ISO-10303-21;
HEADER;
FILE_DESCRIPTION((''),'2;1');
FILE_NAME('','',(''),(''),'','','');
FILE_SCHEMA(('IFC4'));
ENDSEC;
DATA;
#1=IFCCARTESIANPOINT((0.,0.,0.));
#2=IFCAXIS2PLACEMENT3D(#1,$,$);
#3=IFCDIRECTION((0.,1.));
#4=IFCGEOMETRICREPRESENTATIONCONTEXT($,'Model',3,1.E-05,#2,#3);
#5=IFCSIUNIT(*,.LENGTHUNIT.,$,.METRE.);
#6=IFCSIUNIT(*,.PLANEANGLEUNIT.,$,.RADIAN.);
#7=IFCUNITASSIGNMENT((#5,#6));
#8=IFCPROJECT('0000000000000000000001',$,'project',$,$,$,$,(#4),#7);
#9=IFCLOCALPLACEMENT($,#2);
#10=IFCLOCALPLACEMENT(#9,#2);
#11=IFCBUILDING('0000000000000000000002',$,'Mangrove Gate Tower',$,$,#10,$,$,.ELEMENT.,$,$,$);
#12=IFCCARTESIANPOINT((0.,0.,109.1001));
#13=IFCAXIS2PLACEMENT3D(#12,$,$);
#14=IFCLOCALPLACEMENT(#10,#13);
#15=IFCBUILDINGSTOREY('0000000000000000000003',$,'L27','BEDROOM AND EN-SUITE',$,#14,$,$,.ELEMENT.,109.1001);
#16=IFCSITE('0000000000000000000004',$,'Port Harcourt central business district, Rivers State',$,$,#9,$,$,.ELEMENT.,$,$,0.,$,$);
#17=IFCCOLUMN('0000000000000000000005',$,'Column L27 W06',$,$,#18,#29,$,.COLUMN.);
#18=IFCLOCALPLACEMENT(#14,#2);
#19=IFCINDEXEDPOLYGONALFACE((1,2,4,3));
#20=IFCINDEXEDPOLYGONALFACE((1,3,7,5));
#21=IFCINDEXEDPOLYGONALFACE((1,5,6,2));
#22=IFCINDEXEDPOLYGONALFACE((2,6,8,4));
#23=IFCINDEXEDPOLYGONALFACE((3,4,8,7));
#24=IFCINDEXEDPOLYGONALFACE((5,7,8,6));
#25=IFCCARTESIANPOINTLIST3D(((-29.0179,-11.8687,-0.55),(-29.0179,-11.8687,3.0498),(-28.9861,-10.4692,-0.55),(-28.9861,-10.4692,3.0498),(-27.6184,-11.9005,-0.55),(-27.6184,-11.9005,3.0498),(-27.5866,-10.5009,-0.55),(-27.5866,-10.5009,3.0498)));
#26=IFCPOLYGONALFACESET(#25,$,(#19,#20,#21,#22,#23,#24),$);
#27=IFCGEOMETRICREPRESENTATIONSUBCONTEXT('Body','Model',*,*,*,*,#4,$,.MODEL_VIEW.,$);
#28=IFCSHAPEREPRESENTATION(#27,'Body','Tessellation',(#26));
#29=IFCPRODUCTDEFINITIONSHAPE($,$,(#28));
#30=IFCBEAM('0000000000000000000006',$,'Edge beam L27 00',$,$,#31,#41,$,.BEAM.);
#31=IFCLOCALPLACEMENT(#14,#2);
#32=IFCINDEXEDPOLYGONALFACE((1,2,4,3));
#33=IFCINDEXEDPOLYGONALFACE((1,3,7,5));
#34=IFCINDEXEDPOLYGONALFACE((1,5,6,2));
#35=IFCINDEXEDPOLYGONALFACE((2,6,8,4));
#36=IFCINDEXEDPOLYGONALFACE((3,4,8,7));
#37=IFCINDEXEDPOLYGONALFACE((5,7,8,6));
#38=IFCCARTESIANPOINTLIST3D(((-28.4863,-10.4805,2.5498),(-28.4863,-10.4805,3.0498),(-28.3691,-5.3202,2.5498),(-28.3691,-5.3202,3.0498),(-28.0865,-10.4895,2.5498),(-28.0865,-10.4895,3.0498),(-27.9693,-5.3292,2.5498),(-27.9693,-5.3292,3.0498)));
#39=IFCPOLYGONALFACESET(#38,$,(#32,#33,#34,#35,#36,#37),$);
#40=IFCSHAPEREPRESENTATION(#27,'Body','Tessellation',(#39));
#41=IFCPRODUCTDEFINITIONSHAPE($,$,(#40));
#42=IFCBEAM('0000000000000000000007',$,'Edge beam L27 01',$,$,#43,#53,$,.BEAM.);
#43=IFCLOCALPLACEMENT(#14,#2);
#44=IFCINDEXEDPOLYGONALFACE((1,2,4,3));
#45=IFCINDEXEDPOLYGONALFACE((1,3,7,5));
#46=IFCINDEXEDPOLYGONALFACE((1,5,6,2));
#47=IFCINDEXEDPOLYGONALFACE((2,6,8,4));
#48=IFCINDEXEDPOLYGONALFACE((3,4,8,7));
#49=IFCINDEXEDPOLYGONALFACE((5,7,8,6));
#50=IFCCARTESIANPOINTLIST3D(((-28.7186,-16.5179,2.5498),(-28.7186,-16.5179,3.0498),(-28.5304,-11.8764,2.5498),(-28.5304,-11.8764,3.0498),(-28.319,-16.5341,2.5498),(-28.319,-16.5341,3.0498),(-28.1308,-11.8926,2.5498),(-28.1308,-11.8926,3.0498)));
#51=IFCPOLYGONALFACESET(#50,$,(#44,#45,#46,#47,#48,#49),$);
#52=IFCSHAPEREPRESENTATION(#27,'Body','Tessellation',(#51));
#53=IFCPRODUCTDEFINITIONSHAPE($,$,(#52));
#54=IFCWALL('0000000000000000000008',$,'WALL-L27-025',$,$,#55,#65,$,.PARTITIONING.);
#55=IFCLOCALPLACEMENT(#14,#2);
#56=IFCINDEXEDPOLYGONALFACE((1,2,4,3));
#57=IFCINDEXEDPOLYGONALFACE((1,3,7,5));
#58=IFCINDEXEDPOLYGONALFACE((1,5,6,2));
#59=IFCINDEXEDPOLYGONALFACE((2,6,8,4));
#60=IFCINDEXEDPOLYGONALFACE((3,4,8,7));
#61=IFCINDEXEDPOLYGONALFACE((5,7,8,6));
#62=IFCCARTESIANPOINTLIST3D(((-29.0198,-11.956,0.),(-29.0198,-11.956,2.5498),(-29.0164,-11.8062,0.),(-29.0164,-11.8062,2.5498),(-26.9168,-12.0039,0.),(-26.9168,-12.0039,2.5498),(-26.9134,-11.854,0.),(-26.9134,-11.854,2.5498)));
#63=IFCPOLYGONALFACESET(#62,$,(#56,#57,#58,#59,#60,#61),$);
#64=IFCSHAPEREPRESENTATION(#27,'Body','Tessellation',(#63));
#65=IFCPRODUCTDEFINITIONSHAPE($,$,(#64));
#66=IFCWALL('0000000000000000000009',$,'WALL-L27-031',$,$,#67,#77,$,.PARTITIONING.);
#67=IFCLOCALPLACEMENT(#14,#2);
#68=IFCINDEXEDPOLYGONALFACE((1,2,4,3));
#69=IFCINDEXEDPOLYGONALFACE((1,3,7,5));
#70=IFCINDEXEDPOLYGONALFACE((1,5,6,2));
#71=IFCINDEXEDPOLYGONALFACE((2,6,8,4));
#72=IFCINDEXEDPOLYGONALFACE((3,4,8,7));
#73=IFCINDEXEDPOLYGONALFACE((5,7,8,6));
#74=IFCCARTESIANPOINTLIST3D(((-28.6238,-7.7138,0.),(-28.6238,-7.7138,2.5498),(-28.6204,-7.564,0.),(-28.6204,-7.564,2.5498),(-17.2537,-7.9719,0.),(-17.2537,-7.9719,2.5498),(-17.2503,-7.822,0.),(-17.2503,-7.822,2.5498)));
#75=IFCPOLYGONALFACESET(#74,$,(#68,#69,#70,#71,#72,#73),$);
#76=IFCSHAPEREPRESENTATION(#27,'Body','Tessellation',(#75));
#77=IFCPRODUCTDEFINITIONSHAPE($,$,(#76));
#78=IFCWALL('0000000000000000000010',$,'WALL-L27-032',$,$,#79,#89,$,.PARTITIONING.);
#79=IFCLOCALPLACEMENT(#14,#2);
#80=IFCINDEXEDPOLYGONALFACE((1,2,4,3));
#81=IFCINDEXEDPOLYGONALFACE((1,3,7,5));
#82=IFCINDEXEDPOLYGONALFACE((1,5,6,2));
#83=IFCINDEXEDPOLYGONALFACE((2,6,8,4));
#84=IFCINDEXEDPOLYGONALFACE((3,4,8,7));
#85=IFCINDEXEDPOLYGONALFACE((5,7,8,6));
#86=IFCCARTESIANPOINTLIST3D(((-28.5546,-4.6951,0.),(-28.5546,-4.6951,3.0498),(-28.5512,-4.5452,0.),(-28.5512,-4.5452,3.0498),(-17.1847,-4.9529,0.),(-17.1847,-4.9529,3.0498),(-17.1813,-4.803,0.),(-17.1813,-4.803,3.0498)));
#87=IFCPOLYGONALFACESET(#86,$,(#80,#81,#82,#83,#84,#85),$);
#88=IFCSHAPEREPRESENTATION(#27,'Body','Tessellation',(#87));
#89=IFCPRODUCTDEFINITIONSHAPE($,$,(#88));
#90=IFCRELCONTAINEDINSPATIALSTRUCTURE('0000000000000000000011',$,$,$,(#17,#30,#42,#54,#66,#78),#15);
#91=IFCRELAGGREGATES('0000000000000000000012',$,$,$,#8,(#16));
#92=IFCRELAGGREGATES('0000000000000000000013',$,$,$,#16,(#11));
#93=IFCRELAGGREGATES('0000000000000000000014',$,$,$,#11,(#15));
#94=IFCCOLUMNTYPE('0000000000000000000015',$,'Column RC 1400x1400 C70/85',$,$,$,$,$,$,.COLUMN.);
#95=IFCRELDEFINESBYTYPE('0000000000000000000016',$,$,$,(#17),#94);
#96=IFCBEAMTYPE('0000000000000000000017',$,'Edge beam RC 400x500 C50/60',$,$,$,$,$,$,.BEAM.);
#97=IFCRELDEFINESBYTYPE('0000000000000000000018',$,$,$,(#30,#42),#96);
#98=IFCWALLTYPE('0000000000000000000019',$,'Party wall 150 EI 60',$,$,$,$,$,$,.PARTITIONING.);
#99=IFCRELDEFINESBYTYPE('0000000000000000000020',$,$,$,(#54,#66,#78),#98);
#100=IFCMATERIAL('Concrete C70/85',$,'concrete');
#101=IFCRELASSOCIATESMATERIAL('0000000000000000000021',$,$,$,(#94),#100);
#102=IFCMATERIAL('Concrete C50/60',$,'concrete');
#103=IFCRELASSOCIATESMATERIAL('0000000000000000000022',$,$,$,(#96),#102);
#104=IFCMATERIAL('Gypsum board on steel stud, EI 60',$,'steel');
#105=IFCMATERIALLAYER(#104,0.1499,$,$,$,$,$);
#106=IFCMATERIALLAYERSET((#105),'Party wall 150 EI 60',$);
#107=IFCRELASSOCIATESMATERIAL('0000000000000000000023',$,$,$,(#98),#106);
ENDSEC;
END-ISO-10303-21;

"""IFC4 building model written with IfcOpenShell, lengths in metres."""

from ifc_helpers import new_model, si_unit, direction, frame, frame_2d, origin, origin_2d, place, context, subcontext, project, spatial, rectangle, extrude, material, layer, layer_set, material_profile, profile_set, type_object, element, save


model = new_model("IFC4")

# Units and contexts
model_context = context("Model", 3, precision=1e-05, world=origin(), true_north=direction((0.0, 1.0)))
body_context = subcontext(model_context, "Body", "Model", "MODEL_VIEW")
ifc_project = project(units=[si_unit("LENGTHUNIT", "METRE"), si_unit("PLANEANGLEUNIT", "RADIAN")], contexts=[model_context])

# Site, building, storey
site_placement = place(None, origin())
site = spatial("IfcSite", under=ifc_project, at=site_placement, Name="Port Harcourt central business district, Rivers State", CompositionType="ELEMENT", RefElevation=0.0)
building_placement = place(site_placement, origin())
building = spatial("IfcBuilding", under=site, at=building_placement, Name="Mangrove Gate Tower", CompositionType="ELEMENT")
storey_placement = place(building_placement, frame((0.0, 0.0, 109.1001)))
storey = spatial("IfcBuildingStorey", under=building, at=storey_placement, Name="L27", Description="BEDROOM AND EN-SUITE", CompositionType="ELEMENT", Elevation=109.1001)

# Column
ifc_material_1 = material(Name="Concrete C70/85", Category="concrete")
ifc_material_profile_1 = material_profile(ifc_material_1, rectangle(XDim=1.3999, YDim=1.3999, at=origin_2d()))
ifc_profile_set_1 = profile_set([ifc_material_profile_1], Name="Concrete C70/85")
column_type = type_object("IfcColumnType", Name="Column RC 1400x1400 C70/85", PredefinedType="COLUMN", material=ifc_profile_set_1)
column_placement = place(storey_placement, frame((-28.3022, -11.1848, -0.55), z_axis=(0.0, 0.0, 1.0), x_axis=(-0.022706, -0.999742, 0.0)))
element("IfcColumn", 1, at=column_placement, inside=storey, type_object=column_type, Name="Column L27 W06", PredefinedType="COLUMN", context=body_context, shape_type="SweptSolid", body=[
    extrude(rectangle(XDim=1.3999, YDim=1.3999, at=origin_2d()), origin(), (0.0, 0.0, 1.0), 3.5999),
])

# Beams
ifc_material_2 = material(Name="Concrete C50/60", Category="concrete")
ifc_material_profile_2 = material_profile(ifc_material_2, rectangle(XDim=0.3999, YDim=0.5, at=origin_2d()))
ifc_profile_set_2 = profile_set([ifc_material_profile_2], Name="Concrete C50/60")
beam_type = type_object("IfcBeamType", Name="Edge beam RC 400x500 C50/60", PredefinedType="BEAM", material=ifc_profile_set_2)
beam_1_placement = place(storey_placement, frame((-28.1692, -5.3247, 2.7998), z_axis=(-0.022703, -0.999742, 0.0), x_axis=(0.999742, -0.022703, 0.0)))
element("IfcBeam", 2, at=beam_1_placement, inside=storey, type_object=beam_type, Name="Edge beam L27 00", PredefinedType="BEAM", context=body_context, shape_type="SweptSolid", body=[
    extrude(rectangle(XDim=0.3999, YDim=0.5, at=origin_2d()), origin(), (0.0, 0.0, 1.0), 5.1616),
])
beam_2_placement = place(storey_placement, frame((-28.3306, -11.8845, 2.7998), z_axis=(-0.040522, -0.999179, 0.0), x_axis=(0.999179, -0.040522, 0.0)))
element("IfcBeam", 3, at=beam_2_placement, inside=storey, type_object=beam_type, Name="Edge beam L27 01", PredefinedType="BEAM", context=body_context, shape_type="SweptSolid", body=[
    extrude(rectangle(XDim=0.3999, YDim=0.5, at=origin_2d()), origin(), (0.0, 0.0, 1.0), 4.6453),
])

# Walls
ifc_material_3 = material(Name="Gypsum board on steel stud, EI 60", Category="steel")
ifc_layer_1 = layer(ifc_material_3, 0.1499)
ifc_layer_set_1 = layer_set([ifc_layer_1], Name="Party wall 150 EI 60")
wall_type_1 = type_object("IfcWallType", Name="Party wall 150 EI 60", PredefinedType="PARTITIONING", material=ifc_layer_set_1)
wall_1_placement = place(storey_placement, frame((-29.0181, -11.8811, 0.0), z_axis=(0.0, 0.0, 1.0), x_axis=(0.999741, -0.022748, 0.0)))
element("IfcWall", 4, at=wall_1_placement, inside=storey, type_object=wall_type_1, Name="WALL-L27-025", PredefinedType="PARTITIONING", context=body_context, shape_type="SweptSolid", body=[
    extrude(rectangle(XDim=2.1035, YDim=0.1499, at=frame_2d((1.0518, 0.0))), origin(), (0.0, 0.0, 1.0), 2.5498),
])
wall_2_placement = place(storey_placement, frame((-28.6221, -7.6389, 0.0), z_axis=(0.0, 0.0, 1.0), x_axis=(0.999743, -0.02269, 0.0)))
element("IfcWall", 5, at=wall_2_placement, inside=storey, type_object=wall_type_1, Name="WALL-L27-031", PredefinedType="PARTITIONING", context=body_context, shape_type="SweptSolid", body=[
    extrude(rectangle(XDim=11.373, YDim=0.1499, at=frame_2d((5.6865, 0.0))), origin(), (0.0, 0.0, 1.0), 2.5498),
])
wall_3_placement = place(storey_placement, frame((-28.553, -4.6201, 0.0), z_axis=(0.0, 0.0, 1.0), x_axis=(0.999743, -0.022669, 0.0)))
element("IfcWall", 6, at=wall_3_placement, inside=storey, type_object=wall_type_1, Name="WALL-L27-032", PredefinedType="PARTITIONING", context=body_context, shape_type="SweptSolid", body=[
    extrude(rectangle(XDim=11.3728, YDim=0.1499, at=frame_2d((5.6865, 0.0))), origin(), (0.0, 0.0, 1.0), 3.0498),
])

save(model, "model.ifc")
